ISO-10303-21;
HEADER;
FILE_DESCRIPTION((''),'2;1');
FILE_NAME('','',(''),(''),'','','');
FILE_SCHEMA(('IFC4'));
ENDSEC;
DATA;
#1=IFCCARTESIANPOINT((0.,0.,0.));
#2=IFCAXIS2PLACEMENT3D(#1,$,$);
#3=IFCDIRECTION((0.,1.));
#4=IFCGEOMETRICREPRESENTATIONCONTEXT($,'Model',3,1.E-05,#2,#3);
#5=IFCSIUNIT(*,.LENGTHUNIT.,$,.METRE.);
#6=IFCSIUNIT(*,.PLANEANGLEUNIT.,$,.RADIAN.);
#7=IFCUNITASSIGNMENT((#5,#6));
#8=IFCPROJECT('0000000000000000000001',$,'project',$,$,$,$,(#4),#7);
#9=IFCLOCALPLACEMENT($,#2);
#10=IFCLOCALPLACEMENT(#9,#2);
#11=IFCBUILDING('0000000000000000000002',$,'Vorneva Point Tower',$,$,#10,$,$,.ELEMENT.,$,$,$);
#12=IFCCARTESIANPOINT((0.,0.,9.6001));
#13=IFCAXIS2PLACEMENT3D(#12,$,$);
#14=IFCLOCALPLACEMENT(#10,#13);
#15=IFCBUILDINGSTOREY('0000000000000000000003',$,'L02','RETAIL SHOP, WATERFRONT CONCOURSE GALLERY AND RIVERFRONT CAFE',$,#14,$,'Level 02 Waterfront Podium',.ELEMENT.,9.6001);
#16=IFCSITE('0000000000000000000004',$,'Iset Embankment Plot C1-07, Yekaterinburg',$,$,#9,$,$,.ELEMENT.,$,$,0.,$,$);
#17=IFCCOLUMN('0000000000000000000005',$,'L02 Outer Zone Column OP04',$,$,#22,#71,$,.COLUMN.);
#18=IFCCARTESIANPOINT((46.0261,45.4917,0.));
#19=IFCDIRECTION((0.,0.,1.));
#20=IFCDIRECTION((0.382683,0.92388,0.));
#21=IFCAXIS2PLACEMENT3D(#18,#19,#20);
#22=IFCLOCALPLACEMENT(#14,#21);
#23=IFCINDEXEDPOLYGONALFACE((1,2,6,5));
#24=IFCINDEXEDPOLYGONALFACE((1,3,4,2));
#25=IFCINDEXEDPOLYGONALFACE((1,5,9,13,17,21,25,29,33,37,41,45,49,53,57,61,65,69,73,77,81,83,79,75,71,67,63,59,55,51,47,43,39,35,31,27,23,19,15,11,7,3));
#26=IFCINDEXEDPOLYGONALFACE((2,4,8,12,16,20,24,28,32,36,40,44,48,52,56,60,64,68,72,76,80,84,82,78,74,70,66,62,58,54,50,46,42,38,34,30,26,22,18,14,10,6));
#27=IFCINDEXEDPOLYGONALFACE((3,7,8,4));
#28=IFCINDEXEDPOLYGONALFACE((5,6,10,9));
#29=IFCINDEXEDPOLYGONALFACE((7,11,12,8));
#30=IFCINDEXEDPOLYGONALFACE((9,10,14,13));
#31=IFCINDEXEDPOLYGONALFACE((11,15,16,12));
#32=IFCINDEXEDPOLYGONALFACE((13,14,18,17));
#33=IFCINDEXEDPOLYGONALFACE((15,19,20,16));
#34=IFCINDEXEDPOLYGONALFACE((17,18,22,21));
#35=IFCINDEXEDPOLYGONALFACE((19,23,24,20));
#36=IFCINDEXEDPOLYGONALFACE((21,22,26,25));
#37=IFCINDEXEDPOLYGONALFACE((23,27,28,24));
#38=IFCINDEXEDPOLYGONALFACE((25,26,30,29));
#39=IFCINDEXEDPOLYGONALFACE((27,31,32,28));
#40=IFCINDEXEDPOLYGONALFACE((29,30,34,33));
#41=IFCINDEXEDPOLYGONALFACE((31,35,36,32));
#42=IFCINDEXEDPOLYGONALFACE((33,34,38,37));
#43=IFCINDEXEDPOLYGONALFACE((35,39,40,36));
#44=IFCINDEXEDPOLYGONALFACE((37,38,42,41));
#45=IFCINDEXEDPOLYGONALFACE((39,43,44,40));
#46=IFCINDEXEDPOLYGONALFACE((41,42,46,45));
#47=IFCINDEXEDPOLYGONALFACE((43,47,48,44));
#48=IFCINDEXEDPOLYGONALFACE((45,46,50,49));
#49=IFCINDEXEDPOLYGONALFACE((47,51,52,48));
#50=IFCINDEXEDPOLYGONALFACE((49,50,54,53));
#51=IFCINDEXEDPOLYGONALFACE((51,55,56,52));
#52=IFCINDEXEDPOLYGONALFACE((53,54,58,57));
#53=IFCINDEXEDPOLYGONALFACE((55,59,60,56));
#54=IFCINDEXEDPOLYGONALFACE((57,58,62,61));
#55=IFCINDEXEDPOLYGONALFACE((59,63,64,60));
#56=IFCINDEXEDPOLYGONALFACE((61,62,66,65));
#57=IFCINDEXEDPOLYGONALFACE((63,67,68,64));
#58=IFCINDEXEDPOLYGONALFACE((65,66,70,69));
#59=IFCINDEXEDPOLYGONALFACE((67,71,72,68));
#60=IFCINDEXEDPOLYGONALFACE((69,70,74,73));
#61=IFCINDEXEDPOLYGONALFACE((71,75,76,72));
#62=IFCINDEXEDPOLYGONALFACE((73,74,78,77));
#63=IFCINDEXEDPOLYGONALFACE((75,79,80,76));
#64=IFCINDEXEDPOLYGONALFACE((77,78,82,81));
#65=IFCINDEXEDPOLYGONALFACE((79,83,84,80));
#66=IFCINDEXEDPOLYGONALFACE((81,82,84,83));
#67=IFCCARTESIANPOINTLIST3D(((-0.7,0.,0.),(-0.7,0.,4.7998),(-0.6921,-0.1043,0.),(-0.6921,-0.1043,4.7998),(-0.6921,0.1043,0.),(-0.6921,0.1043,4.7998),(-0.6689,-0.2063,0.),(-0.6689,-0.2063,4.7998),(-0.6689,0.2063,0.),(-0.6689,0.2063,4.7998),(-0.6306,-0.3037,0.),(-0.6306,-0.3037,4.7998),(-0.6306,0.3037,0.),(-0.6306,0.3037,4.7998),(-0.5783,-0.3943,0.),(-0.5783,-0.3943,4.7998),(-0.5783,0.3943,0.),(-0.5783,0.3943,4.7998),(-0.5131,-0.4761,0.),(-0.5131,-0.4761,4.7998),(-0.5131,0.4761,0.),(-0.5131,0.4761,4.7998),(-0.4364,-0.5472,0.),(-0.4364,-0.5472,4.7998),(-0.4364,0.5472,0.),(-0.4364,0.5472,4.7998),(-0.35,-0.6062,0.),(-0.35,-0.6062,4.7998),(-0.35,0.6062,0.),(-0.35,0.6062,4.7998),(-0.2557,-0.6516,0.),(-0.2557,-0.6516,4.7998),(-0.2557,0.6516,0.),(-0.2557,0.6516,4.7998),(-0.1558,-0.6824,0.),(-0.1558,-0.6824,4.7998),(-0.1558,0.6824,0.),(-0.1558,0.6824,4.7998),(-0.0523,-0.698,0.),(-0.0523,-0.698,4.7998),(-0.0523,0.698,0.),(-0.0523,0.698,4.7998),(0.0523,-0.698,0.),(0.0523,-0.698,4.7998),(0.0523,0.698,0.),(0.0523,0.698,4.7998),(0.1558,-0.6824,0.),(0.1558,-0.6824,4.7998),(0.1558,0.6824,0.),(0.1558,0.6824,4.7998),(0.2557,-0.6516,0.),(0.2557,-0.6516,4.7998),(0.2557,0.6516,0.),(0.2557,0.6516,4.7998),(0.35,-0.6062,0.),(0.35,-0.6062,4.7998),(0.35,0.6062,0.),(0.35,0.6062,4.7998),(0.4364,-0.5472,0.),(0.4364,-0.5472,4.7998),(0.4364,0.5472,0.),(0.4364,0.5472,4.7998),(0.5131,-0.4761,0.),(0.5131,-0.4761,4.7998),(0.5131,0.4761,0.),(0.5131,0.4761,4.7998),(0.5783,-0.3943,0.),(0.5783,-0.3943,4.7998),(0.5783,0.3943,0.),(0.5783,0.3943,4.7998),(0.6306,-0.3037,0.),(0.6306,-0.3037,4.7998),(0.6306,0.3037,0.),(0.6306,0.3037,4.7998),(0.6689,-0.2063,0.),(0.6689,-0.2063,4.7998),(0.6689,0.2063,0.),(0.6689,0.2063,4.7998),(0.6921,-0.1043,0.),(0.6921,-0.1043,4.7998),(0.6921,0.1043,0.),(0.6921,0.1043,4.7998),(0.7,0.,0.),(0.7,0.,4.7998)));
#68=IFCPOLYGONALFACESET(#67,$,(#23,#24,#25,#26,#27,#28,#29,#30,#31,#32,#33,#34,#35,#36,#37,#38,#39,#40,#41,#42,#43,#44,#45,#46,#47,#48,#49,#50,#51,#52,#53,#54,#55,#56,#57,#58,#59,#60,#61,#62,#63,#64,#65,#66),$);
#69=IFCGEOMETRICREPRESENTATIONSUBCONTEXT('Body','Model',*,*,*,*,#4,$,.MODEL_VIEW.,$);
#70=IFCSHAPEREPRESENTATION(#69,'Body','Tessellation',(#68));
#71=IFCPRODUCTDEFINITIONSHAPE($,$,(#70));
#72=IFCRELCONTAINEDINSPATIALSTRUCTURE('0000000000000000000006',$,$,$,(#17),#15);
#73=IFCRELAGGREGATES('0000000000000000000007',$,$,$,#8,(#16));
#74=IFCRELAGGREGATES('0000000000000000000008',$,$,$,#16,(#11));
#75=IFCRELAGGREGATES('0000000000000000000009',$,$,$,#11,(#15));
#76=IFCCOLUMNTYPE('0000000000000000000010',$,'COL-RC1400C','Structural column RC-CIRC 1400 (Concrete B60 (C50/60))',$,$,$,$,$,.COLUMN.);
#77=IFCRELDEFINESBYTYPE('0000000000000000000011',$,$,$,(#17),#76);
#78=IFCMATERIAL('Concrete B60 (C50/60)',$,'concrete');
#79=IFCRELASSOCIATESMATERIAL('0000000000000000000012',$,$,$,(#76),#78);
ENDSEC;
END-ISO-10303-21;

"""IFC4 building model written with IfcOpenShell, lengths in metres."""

from ifc_helpers import new_model, si_unit, direction, frame, origin, origin_2d, place, context, subcontext, project, spatial, circle, extrude, material, material_profile, profile_set, type_object, element, save


model = new_model("IFC4")

# Units and contexts
model_context = context("Model", 3, precision=1e-05, world=origin(), true_north=direction((0.0, 1.0)))
body_context = subcontext(model_context, "Body", "Model", "MODEL_VIEW")
ifc_project = project(units=[si_unit("LENGTHUNIT", "METRE"), si_unit("PLANEANGLEUNIT", "RADIAN")], contexts=[model_context])

# Site, building, storey
site_placement = place(None, origin())
site = spatial("IfcSite", under=ifc_project, at=site_placement, Name="Iset Embankment Plot C1-07, Yekaterinburg", CompositionType="ELEMENT", RefElevation=0.0)
building_placement = place(site_placement, origin())
building = spatial("IfcBuilding", under=site, at=building_placement, Name="Vorneva Point Tower", CompositionType="ELEMENT")
storey_placement = place(building_placement, frame((0.0, 0.0, 9.6001)))
storey = spatial("IfcBuildingStorey", under=building, at=storey_placement, Name="L02", Description="RETAIL SHOP, WATERFRONT CONCOURSE GALLERY AND RIVERFRONT CAFE", LongName="Level 02 Waterfront Podium", CompositionType="ELEMENT", Elevation=9.6001)

# Column
ifc_material_1 = material(Name="Concrete B60 (C50/60)", Category="concrete")
ifc_material_profile_1 = material_profile(ifc_material_1, circle(Radius=0.7, at=origin_2d()), Name="RC-CIRC 1400")
ifc_profile_set_1 = profile_set([ifc_material_profile_1], Name="Concrete B60 (C50/60)")
column_type = type_object("IfcColumnType", Name="COL-RC1400C", Description="Structural column RC-CIRC 1400 (Concrete B60 (C50/60))", PredefinedType="COLUMN", material=ifc_profile_set_1)
for number, where, z_axis, x_axis, name in (
    (1, (46.0261, 45.4917, 0.0), (0.0, 0.0, 1.0), (0.382683, 0.92388, 0.0), "L02 Outer Zone Column OP04"),
):
    element("IfcColumn", number, at=place(storey_placement, frame(where, z_axis=z_axis, x_axis=x_axis)), inside=storey, type_object=column_type, Name=name, PredefinedType="COLUMN", context=body_context, shape_type="SweptSolid", body=[
        extrude(circle(Radius=0.7, at=origin_2d()), origin(), (0.0, 0.0, 1.0), 4.7998),
    ])

save(model, "model.ifc")
